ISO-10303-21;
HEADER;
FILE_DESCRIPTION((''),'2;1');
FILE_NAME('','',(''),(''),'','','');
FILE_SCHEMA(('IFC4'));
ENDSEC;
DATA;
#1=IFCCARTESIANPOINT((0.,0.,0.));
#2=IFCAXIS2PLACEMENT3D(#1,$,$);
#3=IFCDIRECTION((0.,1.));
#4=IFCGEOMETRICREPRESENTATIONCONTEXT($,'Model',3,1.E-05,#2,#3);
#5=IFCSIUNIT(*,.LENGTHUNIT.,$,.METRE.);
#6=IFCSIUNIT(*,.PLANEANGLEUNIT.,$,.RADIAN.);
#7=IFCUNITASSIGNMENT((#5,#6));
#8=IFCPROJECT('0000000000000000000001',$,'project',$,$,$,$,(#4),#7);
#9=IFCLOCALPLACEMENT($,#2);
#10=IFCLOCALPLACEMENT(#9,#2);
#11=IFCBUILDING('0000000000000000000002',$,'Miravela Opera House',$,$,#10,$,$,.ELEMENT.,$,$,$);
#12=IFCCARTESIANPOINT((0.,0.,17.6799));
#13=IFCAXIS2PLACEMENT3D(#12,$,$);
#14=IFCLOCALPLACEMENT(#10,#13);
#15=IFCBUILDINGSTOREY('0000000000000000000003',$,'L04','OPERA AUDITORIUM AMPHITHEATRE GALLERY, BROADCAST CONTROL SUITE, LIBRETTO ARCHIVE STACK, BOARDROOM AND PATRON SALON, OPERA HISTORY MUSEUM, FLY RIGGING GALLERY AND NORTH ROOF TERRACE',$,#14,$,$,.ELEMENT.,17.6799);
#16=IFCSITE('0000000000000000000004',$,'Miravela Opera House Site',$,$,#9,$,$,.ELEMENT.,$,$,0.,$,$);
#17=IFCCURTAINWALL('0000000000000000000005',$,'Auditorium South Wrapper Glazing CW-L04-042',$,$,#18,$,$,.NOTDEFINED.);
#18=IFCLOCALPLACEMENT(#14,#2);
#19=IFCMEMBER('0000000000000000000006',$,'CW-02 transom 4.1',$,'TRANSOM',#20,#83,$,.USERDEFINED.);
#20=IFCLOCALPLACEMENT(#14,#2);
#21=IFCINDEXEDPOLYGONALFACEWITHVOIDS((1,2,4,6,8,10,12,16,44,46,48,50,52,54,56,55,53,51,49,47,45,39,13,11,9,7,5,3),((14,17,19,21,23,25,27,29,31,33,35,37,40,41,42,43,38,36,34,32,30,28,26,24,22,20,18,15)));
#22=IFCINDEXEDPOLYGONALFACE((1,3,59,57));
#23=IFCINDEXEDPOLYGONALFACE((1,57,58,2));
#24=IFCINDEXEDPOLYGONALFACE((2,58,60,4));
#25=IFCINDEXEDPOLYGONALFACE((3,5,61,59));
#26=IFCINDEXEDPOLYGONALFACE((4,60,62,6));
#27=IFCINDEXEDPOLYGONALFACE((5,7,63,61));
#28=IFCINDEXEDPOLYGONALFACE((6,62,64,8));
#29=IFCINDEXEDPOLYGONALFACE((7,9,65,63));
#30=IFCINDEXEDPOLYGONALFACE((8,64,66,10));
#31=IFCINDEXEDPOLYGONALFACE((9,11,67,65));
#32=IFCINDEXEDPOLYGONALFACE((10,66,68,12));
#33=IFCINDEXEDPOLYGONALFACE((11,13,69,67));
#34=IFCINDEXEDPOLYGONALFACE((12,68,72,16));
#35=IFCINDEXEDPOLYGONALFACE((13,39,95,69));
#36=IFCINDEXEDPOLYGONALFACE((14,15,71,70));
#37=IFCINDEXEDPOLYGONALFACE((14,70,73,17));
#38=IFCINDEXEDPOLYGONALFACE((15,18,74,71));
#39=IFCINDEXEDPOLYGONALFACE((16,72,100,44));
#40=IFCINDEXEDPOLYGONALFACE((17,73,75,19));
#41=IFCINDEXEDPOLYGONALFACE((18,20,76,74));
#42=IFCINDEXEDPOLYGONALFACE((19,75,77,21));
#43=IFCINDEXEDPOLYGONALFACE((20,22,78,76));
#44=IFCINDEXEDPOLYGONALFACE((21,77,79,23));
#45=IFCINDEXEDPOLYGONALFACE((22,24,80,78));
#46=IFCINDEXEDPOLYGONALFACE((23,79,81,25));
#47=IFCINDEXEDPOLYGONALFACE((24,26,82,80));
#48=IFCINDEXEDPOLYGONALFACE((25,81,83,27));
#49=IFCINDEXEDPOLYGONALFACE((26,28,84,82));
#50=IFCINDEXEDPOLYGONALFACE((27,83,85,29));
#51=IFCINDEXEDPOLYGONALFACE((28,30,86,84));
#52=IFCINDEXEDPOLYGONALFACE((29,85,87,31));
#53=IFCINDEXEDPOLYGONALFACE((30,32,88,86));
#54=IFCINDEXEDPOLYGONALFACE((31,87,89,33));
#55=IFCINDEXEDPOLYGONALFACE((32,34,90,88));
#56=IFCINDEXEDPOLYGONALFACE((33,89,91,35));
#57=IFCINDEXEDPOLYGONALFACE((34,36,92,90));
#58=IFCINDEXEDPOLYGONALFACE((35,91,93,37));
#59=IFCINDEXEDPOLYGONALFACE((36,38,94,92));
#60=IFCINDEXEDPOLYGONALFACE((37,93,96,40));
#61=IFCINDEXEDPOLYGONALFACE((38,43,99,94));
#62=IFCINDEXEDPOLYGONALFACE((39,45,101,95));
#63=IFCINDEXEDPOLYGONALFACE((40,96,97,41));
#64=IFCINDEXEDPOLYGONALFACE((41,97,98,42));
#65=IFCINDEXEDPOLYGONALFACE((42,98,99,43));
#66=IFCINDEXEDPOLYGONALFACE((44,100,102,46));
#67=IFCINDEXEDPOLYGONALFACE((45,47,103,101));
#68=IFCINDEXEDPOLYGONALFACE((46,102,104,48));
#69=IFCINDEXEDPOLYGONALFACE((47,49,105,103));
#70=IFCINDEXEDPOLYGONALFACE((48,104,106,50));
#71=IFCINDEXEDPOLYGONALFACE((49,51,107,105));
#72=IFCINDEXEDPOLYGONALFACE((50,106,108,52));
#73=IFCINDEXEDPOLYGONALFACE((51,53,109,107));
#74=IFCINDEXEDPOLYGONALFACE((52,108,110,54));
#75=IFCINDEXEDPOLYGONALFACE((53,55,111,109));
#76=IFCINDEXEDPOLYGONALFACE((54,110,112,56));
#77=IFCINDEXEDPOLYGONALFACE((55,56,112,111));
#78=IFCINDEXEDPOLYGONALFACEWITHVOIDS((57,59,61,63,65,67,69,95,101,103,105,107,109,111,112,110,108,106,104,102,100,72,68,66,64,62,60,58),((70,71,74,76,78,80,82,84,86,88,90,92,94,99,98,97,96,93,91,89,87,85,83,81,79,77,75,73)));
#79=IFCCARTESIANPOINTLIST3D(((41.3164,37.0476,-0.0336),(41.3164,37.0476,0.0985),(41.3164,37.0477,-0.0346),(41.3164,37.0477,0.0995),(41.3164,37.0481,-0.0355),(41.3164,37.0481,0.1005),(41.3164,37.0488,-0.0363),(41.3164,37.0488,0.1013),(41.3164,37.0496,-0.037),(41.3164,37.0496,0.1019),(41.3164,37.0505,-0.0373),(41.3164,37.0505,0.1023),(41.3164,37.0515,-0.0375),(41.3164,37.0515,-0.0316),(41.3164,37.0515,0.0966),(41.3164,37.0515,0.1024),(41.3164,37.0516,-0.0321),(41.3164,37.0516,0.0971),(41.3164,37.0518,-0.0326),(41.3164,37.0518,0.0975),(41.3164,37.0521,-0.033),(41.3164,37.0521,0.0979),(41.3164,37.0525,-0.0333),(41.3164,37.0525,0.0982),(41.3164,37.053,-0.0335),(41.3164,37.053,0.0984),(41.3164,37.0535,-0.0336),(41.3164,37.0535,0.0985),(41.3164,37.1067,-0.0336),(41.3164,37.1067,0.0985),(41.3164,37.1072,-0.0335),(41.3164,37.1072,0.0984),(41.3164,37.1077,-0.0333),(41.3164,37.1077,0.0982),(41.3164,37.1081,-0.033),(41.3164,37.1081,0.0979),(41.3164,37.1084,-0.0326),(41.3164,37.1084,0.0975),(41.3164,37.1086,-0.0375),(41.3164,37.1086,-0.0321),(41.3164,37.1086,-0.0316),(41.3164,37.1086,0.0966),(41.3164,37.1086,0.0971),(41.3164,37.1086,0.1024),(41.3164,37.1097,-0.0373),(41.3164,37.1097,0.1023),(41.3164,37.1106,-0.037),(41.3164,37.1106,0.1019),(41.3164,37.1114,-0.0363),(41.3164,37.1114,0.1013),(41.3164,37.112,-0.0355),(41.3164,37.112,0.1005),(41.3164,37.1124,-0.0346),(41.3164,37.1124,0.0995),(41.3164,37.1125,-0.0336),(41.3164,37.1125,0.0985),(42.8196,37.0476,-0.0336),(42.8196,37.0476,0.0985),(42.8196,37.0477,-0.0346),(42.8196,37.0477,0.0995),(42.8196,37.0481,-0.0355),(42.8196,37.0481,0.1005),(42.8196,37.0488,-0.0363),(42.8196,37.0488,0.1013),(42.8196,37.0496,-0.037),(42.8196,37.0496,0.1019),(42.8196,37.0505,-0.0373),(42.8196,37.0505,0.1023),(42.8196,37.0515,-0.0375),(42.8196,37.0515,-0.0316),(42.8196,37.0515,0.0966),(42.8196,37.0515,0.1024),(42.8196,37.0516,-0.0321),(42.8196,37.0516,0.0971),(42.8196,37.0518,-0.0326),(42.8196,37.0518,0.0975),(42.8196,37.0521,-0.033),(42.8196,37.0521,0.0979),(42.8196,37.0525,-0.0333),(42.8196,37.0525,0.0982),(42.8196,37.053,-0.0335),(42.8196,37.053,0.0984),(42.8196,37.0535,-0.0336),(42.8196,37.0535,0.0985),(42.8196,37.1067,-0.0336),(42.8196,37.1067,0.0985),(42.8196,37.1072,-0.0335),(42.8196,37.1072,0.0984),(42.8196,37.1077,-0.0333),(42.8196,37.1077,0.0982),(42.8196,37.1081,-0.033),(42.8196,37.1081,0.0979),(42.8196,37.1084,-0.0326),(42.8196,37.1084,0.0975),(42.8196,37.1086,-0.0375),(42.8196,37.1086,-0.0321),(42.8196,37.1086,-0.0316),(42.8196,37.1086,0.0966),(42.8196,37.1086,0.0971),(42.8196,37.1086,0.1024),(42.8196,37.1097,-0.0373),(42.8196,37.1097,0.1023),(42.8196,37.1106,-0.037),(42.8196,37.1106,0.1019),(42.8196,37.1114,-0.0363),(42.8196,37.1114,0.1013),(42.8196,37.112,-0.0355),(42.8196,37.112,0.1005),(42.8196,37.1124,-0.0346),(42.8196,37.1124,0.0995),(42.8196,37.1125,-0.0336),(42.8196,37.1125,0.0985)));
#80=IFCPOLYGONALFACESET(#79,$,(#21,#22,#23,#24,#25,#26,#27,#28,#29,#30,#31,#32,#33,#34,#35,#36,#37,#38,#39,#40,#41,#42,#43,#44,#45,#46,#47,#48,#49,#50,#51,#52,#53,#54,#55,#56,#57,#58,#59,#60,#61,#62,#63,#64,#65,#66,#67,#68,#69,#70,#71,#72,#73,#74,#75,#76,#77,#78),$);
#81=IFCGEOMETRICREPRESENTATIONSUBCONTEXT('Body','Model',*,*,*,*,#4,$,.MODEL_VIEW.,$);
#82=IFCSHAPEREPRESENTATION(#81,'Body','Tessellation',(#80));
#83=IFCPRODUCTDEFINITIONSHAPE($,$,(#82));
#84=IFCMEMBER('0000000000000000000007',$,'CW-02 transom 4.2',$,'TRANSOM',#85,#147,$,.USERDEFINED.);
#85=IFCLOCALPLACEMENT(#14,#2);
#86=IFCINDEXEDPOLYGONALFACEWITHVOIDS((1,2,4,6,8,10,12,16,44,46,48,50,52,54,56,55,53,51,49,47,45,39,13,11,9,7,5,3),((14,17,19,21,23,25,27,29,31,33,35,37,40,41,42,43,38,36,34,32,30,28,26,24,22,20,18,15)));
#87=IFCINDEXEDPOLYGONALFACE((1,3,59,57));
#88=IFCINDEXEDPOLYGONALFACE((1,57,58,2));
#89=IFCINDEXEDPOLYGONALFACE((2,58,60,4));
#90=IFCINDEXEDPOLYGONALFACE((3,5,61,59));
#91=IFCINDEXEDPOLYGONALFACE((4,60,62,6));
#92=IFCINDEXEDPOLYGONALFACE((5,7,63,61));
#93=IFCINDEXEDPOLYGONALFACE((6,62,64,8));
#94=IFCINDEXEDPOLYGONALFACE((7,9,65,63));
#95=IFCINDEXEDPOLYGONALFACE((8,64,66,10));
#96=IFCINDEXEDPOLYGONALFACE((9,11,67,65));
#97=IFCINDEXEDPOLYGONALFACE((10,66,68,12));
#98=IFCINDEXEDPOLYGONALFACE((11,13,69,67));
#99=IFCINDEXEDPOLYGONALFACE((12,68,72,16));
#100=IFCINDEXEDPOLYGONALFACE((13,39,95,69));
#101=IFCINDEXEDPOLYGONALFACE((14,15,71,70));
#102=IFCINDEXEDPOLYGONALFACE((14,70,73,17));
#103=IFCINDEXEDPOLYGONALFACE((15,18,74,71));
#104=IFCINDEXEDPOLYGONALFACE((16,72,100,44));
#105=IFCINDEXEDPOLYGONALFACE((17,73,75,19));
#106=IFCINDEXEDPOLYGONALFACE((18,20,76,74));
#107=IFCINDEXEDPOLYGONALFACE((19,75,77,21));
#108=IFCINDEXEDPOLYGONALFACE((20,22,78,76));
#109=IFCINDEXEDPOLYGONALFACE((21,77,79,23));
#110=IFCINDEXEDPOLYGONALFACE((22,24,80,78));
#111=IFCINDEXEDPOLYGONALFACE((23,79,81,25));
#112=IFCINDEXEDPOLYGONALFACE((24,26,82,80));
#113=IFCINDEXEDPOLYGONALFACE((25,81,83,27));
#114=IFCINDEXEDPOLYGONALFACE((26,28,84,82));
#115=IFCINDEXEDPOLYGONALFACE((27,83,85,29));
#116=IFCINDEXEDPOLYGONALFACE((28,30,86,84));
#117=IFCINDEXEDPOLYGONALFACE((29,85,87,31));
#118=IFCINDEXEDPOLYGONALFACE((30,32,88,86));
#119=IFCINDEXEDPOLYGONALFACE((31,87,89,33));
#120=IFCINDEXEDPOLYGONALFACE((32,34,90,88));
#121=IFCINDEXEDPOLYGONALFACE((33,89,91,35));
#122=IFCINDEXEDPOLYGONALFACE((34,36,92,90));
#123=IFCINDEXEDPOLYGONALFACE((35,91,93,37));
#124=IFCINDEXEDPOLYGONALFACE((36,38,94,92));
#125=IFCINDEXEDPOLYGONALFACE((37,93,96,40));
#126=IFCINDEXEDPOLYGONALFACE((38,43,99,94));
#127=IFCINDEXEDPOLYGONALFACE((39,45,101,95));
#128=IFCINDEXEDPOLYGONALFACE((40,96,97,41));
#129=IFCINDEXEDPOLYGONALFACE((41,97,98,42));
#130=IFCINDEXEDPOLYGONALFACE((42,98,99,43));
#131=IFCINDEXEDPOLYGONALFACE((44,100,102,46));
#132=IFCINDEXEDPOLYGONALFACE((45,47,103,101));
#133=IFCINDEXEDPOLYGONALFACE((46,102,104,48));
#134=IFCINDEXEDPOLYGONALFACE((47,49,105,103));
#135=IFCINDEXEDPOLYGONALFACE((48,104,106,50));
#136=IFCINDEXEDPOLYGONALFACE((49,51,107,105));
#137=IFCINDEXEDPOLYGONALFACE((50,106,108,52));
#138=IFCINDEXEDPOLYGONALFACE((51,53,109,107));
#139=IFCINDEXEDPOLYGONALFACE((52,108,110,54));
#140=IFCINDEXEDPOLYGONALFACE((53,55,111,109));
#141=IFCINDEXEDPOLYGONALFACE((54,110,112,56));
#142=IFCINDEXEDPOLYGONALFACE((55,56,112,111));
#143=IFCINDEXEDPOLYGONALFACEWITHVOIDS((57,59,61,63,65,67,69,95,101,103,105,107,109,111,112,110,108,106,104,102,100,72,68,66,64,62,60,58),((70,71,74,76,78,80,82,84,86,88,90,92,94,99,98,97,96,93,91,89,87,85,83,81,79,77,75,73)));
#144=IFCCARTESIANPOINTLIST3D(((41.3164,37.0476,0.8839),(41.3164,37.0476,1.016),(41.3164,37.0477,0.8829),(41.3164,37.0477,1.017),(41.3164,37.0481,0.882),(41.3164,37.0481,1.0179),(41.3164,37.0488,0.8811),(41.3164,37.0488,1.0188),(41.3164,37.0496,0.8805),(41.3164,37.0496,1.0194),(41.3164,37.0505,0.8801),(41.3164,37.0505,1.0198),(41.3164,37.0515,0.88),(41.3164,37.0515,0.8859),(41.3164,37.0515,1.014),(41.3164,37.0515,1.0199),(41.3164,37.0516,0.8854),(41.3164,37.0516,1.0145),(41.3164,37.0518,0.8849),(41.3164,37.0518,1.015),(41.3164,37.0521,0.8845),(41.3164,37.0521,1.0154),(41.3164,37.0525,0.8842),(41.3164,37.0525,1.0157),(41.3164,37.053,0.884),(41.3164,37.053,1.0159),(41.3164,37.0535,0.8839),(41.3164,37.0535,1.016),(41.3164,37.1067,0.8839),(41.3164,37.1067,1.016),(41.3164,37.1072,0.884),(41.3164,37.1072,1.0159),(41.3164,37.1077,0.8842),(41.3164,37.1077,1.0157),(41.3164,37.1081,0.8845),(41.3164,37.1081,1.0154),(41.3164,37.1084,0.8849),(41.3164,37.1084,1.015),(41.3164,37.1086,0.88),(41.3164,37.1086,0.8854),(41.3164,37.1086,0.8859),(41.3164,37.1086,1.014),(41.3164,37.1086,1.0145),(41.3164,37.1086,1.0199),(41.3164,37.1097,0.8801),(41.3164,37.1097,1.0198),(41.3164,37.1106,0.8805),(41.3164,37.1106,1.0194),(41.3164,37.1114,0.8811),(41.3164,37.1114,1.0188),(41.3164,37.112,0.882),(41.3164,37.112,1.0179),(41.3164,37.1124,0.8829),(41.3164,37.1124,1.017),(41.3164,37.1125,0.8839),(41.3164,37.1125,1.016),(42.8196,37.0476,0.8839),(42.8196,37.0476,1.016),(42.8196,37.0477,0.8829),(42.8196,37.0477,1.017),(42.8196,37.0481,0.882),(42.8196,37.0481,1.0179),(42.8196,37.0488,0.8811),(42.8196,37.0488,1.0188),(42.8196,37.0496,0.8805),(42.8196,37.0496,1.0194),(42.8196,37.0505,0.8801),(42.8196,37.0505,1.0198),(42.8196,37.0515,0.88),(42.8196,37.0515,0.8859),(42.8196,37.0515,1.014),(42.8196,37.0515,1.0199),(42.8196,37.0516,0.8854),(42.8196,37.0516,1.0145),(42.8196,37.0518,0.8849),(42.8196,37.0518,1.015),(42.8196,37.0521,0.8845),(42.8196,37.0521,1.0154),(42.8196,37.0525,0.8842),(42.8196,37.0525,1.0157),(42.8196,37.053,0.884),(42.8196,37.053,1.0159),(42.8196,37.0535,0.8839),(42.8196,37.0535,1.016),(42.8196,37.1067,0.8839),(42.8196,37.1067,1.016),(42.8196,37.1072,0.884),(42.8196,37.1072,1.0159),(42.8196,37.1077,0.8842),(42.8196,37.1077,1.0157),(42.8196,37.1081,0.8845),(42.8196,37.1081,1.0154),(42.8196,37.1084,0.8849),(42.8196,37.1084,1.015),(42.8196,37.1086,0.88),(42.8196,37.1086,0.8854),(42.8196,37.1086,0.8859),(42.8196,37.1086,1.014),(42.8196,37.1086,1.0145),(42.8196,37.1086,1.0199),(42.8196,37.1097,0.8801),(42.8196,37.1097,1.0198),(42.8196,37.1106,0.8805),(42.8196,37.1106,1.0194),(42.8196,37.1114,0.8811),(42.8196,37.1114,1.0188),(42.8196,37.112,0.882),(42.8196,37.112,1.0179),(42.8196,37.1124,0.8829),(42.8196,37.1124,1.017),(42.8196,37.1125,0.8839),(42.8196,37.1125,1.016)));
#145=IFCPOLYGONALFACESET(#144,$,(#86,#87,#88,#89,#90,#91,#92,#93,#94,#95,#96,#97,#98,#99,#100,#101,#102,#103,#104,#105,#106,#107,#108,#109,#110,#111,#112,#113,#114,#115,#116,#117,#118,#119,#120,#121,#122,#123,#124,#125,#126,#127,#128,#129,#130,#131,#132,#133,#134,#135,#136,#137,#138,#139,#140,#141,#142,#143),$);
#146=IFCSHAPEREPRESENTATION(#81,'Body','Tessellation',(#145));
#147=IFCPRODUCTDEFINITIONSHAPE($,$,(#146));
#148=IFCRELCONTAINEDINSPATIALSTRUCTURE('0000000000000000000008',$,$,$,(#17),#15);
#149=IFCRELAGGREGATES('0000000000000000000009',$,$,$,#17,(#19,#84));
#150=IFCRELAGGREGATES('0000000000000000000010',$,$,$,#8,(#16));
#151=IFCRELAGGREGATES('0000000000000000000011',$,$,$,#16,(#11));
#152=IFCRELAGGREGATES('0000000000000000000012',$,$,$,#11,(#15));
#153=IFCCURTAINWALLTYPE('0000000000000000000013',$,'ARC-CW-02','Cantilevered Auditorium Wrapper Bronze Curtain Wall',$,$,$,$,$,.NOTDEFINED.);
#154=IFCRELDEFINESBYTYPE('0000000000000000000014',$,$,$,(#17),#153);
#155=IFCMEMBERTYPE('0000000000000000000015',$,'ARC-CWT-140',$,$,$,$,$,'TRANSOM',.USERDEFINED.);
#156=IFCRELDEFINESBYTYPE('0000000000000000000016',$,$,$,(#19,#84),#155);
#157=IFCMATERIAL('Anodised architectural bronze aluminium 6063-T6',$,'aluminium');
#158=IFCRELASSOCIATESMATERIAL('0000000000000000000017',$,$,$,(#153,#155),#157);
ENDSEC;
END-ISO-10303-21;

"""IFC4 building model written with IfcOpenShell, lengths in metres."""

from ifc_helpers import new_model, si_unit, direction, frame, origin, origin_2d, place, context, subcontext, project, spatial, hollow_rectangle, extrude, material, material_profile, profile_set, type_object, element, aggregate, save


model = new_model("IFC4")

# Units and contexts
model_context = context("Model", 3, precision=1e-05, world=origin(), true_north=direction((0.0, 1.0)))
body_context = subcontext(model_context, "Body", "Model", "MODEL_VIEW")
ifc_project = project(units=[si_unit("LENGTHUNIT", "METRE"), si_unit("PLANEANGLEUNIT", "RADIAN")], contexts=[model_context])

# Site, building, storey
site_placement = place(None, origin())
site = spatial("IfcSite", under=ifc_project, at=site_placement, Name="Miravela Opera House Site", CompositionType="ELEMENT", RefElevation=0.0)
building_placement = place(site_placement, origin())
building = spatial("IfcBuilding", under=site, at=building_placement, Name="Miravela Opera House", CompositionType="ELEMENT")
storey_placement = place(building_placement, frame((0.0, 0.0, 17.6799)))
storey = spatial("IfcBuildingStorey", under=building, at=storey_placement, Name="L04", Description="OPERA AUDITORIUM AMPHITHEATRE GALLERY, BROADCAST CONTROL SUITE, LIBRETTO ARCHIVE STACK, BOARDROOM AND PATRON SALON, OPERA HISTORY MUSEUM, FLY RIGGING GALLERY AND NORTH ROOF TERRACE", CompositionType="ELEMENT", Elevation=17.6799)

# Curtain wall, members
ifc_material_1 = material(Name="Anodised architectural bronze aluminium 6063-T6", Category="aluminium")
curtain_wall_type = type_object("IfcCurtainWallType", Name="ARC-CW-02", Description="Cantilevered Auditorium Wrapper Bronze Curtain Wall", PredefinedType="NOTDEFINED", material=ifc_material_1)
curtain_wall_placement = place(storey_placement, origin())
curtain_wall = element("IfcCurtainWall", 1, at=curtain_wall_placement, inside=storey, type_object=curtain_wall_type, Name="Auditorium South Wrapper Glazing CW-L04-042", PredefinedType="NOTDEFINED")
ifc_material_profile_1 = material_profile(ifc_material_1, hollow_rectangle(XDim=0.0649, YDim=0.1399, WallThickness=0.0039, InnerFilletRadius=0.002, OuterFilletRadius=0.0039, at=origin_2d()), Name="CWT-65X140")
ifc_profile_set_1 = profile_set([ifc_material_profile_1])
member_type_1 = type_object("IfcMemberType", Name="ARC-CWT-140", ElementType="TRANSOM", PredefinedType="USERDEFINED", material=ifc_profile_set_1)
member_1_placement = place(storey_placement, frame((41.3164, 37.0801, 0.0325), z_axis=(1.0, 0.0, 0.0), x_axis=(0.0, 1.0, 0.0)))
member_1 = element("IfcMember", 2, at=member_1_placement, type_object=member_type_1, Name="CW-02 transom 4.1", ObjectType="TRANSOM", PredefinedType="USERDEFINED", context=body_context, shape_type="SweptSolid", body=[
    extrude(hollow_rectangle(XDim=0.0649, YDim=0.1399, WallThickness=0.0039, InnerFilletRadius=0.002, OuterFilletRadius=0.0039, at=origin_2d()), origin(), (0.0, 0.0, 1.0), 1.5032),
])
member_2_placement = place(storey_placement, frame((41.3164, 37.0801, 0.95), z_axis=(1.0, 0.0, 0.0), x_axis=(0.0, 1.0, 0.0)))
member_2 = element("IfcMember", 3, at=member_2_placement, type_object=member_type_1, Name="CW-02 transom 4.2", ObjectType="TRANSOM", PredefinedType="USERDEFINED", context=body_context, shape_type="SweptSolid", body=[
    extrude(hollow_rectangle(XDim=0.0649, YDim=0.1399, WallThickness=0.0039, InnerFilletRadius=0.002, OuterFilletRadius=0.0039, at=origin_2d()), origin(), (0.0, 0.0, 1.0), 1.5032),
])

aggregate(curtain_wall, [member_1, member_2])

save(model, "model.ifc")
